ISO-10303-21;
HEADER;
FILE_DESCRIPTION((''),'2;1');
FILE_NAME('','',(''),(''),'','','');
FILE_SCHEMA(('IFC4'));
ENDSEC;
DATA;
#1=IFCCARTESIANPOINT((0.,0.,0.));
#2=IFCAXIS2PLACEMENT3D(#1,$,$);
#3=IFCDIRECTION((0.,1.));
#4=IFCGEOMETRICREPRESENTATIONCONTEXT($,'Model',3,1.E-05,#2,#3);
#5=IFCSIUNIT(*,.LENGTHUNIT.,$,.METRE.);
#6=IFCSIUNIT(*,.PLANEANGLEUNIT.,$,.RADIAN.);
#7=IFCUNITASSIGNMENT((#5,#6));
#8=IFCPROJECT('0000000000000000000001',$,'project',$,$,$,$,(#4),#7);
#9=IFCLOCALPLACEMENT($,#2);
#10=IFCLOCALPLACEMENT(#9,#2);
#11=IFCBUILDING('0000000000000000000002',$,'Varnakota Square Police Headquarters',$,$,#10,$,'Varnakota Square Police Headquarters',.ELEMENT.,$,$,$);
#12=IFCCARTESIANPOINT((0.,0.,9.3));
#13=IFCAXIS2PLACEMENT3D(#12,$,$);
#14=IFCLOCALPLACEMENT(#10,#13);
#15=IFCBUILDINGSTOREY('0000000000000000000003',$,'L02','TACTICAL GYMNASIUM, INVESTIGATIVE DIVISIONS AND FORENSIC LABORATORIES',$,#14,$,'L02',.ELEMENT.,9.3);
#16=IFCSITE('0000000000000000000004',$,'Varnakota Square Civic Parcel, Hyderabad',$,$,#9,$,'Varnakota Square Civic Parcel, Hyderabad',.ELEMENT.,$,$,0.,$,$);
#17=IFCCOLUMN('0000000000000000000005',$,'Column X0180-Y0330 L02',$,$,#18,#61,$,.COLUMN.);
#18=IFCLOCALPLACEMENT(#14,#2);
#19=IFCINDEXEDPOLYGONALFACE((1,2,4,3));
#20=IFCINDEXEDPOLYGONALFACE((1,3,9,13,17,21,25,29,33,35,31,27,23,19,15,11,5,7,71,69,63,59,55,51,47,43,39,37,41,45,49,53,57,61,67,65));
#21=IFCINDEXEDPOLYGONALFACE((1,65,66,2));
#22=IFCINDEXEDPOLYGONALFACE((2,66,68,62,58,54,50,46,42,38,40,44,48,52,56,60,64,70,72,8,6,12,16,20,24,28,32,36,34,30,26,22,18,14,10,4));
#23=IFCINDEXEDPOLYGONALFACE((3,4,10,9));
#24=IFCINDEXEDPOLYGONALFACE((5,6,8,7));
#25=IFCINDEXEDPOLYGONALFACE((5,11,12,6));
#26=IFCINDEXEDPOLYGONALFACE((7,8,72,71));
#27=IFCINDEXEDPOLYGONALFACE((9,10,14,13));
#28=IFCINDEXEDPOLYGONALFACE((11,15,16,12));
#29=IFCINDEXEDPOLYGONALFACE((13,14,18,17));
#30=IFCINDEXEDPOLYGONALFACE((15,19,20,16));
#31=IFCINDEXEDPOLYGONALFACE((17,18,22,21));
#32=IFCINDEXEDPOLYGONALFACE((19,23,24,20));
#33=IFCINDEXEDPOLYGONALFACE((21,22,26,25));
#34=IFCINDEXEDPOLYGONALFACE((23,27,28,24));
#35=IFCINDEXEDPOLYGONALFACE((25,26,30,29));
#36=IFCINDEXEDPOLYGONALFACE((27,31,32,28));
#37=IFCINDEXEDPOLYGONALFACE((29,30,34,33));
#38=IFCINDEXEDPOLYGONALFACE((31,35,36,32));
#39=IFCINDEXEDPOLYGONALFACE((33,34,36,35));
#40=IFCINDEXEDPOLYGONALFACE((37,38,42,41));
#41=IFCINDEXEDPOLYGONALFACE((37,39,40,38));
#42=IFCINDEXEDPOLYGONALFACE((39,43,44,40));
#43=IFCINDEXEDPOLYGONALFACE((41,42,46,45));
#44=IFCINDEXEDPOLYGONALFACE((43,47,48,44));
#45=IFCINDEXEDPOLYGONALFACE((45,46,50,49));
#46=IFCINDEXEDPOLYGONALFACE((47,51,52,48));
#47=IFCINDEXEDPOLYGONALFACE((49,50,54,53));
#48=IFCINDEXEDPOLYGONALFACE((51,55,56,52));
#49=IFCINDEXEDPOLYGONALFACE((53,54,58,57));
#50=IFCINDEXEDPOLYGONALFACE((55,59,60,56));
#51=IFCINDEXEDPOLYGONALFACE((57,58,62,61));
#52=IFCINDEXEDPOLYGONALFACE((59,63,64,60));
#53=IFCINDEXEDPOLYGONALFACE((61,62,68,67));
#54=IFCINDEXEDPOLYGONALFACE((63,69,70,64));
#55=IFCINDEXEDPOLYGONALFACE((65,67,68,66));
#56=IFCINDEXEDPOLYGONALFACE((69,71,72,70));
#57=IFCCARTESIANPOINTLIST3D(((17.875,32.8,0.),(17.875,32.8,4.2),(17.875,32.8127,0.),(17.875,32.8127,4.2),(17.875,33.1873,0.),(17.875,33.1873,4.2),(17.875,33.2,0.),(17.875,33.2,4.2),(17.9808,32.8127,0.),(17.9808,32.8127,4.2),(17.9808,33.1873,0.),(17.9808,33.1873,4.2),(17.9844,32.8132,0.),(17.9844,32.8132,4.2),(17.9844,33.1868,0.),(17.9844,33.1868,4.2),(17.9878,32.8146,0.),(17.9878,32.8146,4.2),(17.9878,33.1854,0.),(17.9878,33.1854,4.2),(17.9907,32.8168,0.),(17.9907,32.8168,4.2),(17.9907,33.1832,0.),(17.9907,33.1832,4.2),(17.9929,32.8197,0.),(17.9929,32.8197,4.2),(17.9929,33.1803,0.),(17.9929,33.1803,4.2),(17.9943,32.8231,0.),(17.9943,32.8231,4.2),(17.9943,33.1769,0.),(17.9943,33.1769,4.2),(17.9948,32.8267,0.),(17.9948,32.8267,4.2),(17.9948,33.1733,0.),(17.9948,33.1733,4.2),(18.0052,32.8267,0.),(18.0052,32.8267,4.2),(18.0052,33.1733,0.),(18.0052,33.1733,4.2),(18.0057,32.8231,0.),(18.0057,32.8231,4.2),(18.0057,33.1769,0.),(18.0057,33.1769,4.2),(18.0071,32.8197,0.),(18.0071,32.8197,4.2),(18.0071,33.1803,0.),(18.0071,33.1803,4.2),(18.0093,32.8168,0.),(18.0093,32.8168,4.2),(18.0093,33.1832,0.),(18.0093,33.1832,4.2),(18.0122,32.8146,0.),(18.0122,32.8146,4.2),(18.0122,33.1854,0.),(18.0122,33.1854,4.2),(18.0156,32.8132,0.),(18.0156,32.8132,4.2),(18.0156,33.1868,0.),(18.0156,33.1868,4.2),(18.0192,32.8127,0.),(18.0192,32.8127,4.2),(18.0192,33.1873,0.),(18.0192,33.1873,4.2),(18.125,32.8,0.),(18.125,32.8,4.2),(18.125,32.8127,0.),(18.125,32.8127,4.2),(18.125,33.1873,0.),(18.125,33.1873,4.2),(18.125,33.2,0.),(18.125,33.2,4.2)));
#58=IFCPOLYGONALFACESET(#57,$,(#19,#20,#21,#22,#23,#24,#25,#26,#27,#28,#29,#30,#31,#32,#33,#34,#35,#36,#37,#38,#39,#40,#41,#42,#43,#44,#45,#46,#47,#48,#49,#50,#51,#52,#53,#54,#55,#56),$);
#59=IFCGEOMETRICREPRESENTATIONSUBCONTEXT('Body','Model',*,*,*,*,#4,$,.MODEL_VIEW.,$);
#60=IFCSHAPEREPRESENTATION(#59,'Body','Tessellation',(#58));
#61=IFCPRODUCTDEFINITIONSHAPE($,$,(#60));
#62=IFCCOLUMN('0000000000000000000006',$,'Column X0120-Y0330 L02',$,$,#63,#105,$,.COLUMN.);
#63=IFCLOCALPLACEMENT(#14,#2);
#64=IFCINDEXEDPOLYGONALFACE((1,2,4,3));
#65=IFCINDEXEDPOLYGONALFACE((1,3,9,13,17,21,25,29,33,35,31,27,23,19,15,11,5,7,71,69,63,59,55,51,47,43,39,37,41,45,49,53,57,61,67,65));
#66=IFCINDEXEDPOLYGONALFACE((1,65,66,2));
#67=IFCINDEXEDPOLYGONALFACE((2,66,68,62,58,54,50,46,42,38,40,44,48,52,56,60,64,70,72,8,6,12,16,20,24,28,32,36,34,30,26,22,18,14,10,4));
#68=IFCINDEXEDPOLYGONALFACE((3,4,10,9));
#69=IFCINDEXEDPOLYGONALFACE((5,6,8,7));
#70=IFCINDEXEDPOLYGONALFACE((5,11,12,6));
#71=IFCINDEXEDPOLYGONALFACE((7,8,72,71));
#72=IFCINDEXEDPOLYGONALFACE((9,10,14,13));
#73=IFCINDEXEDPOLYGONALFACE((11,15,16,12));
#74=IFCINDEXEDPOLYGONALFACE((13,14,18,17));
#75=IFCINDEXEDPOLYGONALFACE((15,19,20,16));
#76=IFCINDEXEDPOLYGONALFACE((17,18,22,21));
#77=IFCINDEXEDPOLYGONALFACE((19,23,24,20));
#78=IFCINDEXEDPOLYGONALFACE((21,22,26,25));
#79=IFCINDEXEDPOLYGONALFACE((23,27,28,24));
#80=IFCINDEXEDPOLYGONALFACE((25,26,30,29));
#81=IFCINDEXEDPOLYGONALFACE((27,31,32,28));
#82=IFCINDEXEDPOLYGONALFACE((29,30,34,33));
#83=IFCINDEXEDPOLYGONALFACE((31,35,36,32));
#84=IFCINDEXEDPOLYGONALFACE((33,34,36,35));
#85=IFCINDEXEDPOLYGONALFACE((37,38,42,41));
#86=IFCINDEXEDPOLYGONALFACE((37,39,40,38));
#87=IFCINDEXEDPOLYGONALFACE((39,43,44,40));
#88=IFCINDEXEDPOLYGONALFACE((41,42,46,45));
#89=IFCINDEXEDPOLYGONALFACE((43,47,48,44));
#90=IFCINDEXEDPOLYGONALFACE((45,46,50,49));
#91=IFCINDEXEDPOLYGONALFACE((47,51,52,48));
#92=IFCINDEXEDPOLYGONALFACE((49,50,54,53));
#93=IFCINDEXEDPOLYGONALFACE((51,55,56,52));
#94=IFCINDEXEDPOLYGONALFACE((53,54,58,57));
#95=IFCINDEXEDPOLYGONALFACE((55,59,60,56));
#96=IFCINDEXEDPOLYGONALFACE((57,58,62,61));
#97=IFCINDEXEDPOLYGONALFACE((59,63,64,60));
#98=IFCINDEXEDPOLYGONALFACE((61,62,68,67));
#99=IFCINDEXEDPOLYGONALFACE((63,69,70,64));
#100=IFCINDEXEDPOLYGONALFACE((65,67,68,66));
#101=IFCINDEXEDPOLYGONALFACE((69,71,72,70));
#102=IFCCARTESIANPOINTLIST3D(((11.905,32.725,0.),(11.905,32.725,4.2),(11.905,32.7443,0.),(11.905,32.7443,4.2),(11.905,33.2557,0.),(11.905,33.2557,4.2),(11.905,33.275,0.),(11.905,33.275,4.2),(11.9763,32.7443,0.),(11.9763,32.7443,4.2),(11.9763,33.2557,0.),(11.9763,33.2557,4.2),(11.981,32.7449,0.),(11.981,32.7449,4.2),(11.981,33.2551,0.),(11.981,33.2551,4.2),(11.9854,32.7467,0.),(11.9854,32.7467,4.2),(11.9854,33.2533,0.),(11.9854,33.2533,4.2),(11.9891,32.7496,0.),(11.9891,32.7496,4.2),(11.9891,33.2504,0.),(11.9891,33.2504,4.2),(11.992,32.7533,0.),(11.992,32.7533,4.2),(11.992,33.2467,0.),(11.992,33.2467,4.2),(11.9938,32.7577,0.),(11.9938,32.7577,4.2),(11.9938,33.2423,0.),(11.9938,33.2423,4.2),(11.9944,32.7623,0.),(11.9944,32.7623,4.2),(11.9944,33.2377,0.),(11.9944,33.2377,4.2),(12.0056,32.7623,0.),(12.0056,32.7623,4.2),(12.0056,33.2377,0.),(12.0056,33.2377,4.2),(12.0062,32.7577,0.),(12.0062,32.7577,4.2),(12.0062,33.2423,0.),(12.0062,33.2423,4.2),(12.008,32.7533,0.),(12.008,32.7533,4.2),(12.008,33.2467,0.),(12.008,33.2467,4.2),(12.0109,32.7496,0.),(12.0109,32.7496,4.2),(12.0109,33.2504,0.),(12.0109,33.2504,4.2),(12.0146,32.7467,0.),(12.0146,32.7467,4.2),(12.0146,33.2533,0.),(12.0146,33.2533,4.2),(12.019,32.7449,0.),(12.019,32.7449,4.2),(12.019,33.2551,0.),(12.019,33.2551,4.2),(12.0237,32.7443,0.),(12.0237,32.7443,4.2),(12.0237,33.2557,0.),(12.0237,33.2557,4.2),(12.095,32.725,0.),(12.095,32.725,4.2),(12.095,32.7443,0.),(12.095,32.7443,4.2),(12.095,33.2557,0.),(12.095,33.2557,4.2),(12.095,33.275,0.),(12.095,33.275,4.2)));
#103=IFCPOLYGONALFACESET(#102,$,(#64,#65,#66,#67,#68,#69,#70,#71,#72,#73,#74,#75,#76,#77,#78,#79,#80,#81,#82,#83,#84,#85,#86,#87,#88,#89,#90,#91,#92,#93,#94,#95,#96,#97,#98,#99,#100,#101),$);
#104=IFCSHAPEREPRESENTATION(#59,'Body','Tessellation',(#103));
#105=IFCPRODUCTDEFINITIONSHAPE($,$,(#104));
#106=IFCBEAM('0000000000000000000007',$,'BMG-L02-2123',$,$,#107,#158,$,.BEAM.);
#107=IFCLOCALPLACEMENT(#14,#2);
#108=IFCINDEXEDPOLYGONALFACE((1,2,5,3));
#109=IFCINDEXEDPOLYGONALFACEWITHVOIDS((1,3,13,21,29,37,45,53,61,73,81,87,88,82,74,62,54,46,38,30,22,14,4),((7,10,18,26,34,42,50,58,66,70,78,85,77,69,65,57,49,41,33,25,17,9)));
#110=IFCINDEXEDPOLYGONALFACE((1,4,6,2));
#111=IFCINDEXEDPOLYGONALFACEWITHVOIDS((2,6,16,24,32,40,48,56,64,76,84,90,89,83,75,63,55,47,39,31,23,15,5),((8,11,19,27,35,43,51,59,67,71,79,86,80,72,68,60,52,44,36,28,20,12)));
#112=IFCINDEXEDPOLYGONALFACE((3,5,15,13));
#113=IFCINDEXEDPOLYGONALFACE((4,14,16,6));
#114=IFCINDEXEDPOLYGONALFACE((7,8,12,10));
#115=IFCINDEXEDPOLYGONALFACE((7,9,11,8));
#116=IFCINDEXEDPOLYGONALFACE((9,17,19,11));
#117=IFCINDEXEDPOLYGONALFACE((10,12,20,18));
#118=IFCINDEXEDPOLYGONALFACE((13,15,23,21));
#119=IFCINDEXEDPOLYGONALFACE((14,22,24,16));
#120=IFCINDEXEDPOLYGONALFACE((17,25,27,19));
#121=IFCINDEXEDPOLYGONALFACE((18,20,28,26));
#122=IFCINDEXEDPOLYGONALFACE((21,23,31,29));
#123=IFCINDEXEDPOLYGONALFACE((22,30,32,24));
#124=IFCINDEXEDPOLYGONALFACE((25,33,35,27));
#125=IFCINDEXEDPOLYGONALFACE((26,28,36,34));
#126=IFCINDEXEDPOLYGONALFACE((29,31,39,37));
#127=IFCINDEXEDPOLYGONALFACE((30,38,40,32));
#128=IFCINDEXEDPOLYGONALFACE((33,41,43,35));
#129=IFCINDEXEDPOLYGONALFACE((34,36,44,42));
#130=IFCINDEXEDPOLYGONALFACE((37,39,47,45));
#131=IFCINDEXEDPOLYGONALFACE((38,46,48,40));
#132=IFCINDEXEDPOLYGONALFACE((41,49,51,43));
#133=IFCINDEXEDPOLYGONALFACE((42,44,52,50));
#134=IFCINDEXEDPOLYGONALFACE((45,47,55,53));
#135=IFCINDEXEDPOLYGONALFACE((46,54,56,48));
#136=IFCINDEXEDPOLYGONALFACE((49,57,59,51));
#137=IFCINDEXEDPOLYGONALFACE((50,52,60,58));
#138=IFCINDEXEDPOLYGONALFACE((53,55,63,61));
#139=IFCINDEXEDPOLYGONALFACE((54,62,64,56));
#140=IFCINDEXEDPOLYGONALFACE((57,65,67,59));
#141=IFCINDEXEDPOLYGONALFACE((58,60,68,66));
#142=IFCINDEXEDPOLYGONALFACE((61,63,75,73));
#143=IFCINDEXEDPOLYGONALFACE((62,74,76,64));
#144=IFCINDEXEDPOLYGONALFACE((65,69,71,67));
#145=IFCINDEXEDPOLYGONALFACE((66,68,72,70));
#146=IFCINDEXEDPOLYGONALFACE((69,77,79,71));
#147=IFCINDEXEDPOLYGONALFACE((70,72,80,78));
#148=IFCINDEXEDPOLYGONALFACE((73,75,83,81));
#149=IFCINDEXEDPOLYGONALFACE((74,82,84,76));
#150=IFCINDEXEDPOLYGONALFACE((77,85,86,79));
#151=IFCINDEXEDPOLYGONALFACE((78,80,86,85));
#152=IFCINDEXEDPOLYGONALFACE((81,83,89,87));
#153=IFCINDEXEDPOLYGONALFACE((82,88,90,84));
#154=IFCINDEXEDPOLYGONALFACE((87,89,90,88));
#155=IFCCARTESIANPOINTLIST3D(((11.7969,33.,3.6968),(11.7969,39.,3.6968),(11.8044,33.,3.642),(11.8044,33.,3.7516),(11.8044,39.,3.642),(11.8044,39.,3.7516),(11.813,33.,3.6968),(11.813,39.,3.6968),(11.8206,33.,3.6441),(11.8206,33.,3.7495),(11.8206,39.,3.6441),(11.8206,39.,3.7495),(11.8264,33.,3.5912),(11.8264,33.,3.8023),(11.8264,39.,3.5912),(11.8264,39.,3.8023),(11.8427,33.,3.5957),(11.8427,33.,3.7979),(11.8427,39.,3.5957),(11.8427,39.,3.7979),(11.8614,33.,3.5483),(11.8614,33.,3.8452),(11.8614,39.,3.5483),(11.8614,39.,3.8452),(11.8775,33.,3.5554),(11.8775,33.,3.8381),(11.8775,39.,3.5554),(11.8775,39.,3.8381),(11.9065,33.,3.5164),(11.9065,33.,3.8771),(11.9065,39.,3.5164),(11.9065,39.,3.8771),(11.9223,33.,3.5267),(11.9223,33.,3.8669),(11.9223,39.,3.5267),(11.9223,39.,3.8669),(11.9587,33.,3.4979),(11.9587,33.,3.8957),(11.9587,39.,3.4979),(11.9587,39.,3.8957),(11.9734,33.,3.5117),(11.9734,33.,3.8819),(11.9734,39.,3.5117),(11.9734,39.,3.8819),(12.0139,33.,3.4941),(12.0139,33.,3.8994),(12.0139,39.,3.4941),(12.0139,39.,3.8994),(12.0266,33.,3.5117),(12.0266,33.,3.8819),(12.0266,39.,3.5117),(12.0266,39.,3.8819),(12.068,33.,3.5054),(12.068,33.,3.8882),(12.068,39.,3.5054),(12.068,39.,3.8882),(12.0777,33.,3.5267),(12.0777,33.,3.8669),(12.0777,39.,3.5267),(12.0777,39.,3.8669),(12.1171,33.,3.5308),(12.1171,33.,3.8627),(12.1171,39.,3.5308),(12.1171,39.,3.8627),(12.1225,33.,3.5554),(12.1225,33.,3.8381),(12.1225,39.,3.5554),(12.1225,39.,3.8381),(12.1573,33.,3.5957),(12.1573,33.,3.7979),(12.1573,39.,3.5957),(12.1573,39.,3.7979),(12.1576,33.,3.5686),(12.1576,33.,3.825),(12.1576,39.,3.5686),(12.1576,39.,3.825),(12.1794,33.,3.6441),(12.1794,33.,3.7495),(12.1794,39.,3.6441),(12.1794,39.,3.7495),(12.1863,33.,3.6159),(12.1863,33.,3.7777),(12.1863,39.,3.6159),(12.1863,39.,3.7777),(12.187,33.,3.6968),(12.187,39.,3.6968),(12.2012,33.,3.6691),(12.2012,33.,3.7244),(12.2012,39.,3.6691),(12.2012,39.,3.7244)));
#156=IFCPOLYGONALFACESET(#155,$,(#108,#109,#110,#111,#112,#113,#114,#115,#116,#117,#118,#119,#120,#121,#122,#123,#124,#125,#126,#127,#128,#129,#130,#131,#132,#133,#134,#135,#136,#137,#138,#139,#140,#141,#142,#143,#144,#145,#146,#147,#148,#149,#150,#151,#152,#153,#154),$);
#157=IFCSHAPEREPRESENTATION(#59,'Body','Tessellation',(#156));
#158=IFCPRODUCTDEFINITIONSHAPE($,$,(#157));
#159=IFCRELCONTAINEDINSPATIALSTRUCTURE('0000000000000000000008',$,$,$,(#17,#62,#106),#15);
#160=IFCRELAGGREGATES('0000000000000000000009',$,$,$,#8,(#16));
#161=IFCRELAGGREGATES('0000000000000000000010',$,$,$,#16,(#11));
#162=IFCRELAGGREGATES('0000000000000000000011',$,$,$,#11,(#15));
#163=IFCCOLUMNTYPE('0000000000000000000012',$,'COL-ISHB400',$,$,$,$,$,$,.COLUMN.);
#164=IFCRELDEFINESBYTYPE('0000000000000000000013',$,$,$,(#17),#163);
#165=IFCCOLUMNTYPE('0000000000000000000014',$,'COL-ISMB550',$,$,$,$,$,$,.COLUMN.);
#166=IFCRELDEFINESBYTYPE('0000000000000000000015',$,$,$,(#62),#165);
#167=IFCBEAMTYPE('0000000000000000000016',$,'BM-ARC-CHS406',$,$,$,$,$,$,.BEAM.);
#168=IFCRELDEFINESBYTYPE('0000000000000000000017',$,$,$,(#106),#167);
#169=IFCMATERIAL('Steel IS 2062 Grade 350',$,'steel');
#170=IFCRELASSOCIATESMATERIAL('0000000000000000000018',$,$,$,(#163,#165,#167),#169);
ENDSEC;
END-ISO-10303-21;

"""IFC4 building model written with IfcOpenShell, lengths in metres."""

from ifc_helpers import new_model, si_unit, direction, frame, origin, origin_2d, place, context, subcontext, project, spatial, hollow_circle, i_section, extrude, material, material_profile, profile_set, type_object, element, save


model = new_model("IFC4")

# Units and contexts
model_context = context("Model", 3, precision=1e-05, world=origin(), true_north=direction((0.0, 1.0)))
body_context = subcontext(model_context, "Body", "Model", "MODEL_VIEW")
ifc_project = project(units=[si_unit("LENGTHUNIT", "METRE"), si_unit("PLANEANGLEUNIT", "RADIAN")], contexts=[model_context])

# Site, building, storey
site_placement = place(None, origin())
site = spatial("IfcSite", under=ifc_project, at=site_placement, Name="Varnakota Square Civic Parcel, Hyderabad", LongName="Varnakota Square Civic Parcel, Hyderabad", CompositionType="ELEMENT", RefElevation=0.0)
building_placement = place(site_placement, origin())
building = spatial("IfcBuilding", under=site, at=building_placement, Name="Varnakota Square Police Headquarters", LongName="Varnakota Square Police Headquarters", CompositionType="ELEMENT")
storey_placement = place(building_placement, frame((0.0, 0.0, 9.3)))
storey = spatial("IfcBuildingStorey", under=building, at=storey_placement, Name="L02", Description="TACTICAL GYMNASIUM, INVESTIGATIVE DIVISIONS AND FORENSIC LABORATORIES", LongName="L02", CompositionType="ELEMENT", Elevation=9.3)

# Columns
ifc_material_1 = material(Name="Steel IS 2062 Grade 350", Category="steel")
ifc_material_profile_1 = material_profile(ifc_material_1, i_section(OverallWidth=0.25, OverallDepth=0.3999, WebThickness=0.0105, FlangeThickness=0.0127, FilletRadius=0.0139, at=origin_2d()), Name="ISHB 400")
ifc_profile_set_1 = profile_set([ifc_material_profile_1], Name="Steel IS 2062 Grade 350")
column_type_1 = type_object("IfcColumnType", Name="COL-ISHB400", PredefinedType="COLUMN", material=ifc_profile_set_1)
column_1_placement = place(storey_placement, frame((18.0, 33.0, 0.0), z_axis=(0.0, 0.0, 1.0), x_axis=(1.0, 0.0, 0.0)))
element("IfcColumn", 1, at=column_1_placement, inside=storey, type_object=column_type_1, Name="Column X0180-Y0330 L02", PredefinedType="COLUMN", context=body_context, shape_type="SweptSolid", body=[
    extrude(i_section(OverallWidth=0.25, OverallDepth=0.3999, WebThickness=0.0105, FlangeThickness=0.0127, FilletRadius=0.0139, at=origin_2d()), origin(), (0.0, 0.0, 1.0), 4.2),
])
ifc_material_profile_2 = material_profile(ifc_material_1, i_section(OverallWidth=0.1899, OverallDepth=0.55, WebThickness=0.0112, FlangeThickness=0.0193, FilletRadius=0.0181, at=origin_2d()), Name="ISMB 550")
ifc_profile_set_2 = profile_set([ifc_material_profile_2], Name="Steel IS 2062 Grade 350")
column_type_2 = type_object("IfcColumnType", Name="COL-ISMB550", PredefinedType="COLUMN", material=ifc_profile_set_2)
column_2_placement = place(storey_placement, frame((12.0, 33.0, 0.0), z_axis=(0.0, 0.0, 1.0), x_axis=(1.0, 0.0, 0.0)))
element("IfcColumn", 2, at=column_2_placement, inside=storey, type_object=column_type_2, Name="Column X0120-Y0330 L02", PredefinedType="COLUMN", context=body_context, shape_type="SweptSolid", body=[
    extrude(i_section(OverallWidth=0.1899, OverallDepth=0.55, WebThickness=0.0112, FlangeThickness=0.0193, FilletRadius=0.0181, at=origin_2d()), origin(), (0.0, 0.0, 1.0), 4.2),
])

# Beam
ifc_material_profile_3 = material_profile(ifc_material_1, hollow_circle(Radius=0.2031, WallThickness=0.0161, at=origin_2d()), Name="CHS 406.4x16.0")
ifc_profile_set_3 = profile_set([ifc_material_profile_3], Name="Steel IS 2062 Grade 350")
beam_type_1 = type_object("IfcBeamType", Name="BM-ARC-CHS406", PredefinedType="BEAM", material=ifc_profile_set_3)
for number, where, z_axis, x_axis, name in (
    (3, (12.0, 33.0, 3.6968), (0.0, 1.0, 0.0), (-1.0, 0.0, 0.0), "BMG-L02-2123"),
):
    element("IfcBeam", number, at=place(storey_placement, frame(where, z_axis=z_axis, x_axis=x_axis)), inside=storey, type_object=beam_type_1, Name=name, PredefinedType="BEAM", context=body_context, shape_type="SweptSolid", body=[
        extrude(hollow_circle(Radius=0.2031, WallThickness=0.0161, at=origin_2d()), origin(), (0.0, 0.0, 1.0), 6.0),
    ])

save(model, "model.ifc")
